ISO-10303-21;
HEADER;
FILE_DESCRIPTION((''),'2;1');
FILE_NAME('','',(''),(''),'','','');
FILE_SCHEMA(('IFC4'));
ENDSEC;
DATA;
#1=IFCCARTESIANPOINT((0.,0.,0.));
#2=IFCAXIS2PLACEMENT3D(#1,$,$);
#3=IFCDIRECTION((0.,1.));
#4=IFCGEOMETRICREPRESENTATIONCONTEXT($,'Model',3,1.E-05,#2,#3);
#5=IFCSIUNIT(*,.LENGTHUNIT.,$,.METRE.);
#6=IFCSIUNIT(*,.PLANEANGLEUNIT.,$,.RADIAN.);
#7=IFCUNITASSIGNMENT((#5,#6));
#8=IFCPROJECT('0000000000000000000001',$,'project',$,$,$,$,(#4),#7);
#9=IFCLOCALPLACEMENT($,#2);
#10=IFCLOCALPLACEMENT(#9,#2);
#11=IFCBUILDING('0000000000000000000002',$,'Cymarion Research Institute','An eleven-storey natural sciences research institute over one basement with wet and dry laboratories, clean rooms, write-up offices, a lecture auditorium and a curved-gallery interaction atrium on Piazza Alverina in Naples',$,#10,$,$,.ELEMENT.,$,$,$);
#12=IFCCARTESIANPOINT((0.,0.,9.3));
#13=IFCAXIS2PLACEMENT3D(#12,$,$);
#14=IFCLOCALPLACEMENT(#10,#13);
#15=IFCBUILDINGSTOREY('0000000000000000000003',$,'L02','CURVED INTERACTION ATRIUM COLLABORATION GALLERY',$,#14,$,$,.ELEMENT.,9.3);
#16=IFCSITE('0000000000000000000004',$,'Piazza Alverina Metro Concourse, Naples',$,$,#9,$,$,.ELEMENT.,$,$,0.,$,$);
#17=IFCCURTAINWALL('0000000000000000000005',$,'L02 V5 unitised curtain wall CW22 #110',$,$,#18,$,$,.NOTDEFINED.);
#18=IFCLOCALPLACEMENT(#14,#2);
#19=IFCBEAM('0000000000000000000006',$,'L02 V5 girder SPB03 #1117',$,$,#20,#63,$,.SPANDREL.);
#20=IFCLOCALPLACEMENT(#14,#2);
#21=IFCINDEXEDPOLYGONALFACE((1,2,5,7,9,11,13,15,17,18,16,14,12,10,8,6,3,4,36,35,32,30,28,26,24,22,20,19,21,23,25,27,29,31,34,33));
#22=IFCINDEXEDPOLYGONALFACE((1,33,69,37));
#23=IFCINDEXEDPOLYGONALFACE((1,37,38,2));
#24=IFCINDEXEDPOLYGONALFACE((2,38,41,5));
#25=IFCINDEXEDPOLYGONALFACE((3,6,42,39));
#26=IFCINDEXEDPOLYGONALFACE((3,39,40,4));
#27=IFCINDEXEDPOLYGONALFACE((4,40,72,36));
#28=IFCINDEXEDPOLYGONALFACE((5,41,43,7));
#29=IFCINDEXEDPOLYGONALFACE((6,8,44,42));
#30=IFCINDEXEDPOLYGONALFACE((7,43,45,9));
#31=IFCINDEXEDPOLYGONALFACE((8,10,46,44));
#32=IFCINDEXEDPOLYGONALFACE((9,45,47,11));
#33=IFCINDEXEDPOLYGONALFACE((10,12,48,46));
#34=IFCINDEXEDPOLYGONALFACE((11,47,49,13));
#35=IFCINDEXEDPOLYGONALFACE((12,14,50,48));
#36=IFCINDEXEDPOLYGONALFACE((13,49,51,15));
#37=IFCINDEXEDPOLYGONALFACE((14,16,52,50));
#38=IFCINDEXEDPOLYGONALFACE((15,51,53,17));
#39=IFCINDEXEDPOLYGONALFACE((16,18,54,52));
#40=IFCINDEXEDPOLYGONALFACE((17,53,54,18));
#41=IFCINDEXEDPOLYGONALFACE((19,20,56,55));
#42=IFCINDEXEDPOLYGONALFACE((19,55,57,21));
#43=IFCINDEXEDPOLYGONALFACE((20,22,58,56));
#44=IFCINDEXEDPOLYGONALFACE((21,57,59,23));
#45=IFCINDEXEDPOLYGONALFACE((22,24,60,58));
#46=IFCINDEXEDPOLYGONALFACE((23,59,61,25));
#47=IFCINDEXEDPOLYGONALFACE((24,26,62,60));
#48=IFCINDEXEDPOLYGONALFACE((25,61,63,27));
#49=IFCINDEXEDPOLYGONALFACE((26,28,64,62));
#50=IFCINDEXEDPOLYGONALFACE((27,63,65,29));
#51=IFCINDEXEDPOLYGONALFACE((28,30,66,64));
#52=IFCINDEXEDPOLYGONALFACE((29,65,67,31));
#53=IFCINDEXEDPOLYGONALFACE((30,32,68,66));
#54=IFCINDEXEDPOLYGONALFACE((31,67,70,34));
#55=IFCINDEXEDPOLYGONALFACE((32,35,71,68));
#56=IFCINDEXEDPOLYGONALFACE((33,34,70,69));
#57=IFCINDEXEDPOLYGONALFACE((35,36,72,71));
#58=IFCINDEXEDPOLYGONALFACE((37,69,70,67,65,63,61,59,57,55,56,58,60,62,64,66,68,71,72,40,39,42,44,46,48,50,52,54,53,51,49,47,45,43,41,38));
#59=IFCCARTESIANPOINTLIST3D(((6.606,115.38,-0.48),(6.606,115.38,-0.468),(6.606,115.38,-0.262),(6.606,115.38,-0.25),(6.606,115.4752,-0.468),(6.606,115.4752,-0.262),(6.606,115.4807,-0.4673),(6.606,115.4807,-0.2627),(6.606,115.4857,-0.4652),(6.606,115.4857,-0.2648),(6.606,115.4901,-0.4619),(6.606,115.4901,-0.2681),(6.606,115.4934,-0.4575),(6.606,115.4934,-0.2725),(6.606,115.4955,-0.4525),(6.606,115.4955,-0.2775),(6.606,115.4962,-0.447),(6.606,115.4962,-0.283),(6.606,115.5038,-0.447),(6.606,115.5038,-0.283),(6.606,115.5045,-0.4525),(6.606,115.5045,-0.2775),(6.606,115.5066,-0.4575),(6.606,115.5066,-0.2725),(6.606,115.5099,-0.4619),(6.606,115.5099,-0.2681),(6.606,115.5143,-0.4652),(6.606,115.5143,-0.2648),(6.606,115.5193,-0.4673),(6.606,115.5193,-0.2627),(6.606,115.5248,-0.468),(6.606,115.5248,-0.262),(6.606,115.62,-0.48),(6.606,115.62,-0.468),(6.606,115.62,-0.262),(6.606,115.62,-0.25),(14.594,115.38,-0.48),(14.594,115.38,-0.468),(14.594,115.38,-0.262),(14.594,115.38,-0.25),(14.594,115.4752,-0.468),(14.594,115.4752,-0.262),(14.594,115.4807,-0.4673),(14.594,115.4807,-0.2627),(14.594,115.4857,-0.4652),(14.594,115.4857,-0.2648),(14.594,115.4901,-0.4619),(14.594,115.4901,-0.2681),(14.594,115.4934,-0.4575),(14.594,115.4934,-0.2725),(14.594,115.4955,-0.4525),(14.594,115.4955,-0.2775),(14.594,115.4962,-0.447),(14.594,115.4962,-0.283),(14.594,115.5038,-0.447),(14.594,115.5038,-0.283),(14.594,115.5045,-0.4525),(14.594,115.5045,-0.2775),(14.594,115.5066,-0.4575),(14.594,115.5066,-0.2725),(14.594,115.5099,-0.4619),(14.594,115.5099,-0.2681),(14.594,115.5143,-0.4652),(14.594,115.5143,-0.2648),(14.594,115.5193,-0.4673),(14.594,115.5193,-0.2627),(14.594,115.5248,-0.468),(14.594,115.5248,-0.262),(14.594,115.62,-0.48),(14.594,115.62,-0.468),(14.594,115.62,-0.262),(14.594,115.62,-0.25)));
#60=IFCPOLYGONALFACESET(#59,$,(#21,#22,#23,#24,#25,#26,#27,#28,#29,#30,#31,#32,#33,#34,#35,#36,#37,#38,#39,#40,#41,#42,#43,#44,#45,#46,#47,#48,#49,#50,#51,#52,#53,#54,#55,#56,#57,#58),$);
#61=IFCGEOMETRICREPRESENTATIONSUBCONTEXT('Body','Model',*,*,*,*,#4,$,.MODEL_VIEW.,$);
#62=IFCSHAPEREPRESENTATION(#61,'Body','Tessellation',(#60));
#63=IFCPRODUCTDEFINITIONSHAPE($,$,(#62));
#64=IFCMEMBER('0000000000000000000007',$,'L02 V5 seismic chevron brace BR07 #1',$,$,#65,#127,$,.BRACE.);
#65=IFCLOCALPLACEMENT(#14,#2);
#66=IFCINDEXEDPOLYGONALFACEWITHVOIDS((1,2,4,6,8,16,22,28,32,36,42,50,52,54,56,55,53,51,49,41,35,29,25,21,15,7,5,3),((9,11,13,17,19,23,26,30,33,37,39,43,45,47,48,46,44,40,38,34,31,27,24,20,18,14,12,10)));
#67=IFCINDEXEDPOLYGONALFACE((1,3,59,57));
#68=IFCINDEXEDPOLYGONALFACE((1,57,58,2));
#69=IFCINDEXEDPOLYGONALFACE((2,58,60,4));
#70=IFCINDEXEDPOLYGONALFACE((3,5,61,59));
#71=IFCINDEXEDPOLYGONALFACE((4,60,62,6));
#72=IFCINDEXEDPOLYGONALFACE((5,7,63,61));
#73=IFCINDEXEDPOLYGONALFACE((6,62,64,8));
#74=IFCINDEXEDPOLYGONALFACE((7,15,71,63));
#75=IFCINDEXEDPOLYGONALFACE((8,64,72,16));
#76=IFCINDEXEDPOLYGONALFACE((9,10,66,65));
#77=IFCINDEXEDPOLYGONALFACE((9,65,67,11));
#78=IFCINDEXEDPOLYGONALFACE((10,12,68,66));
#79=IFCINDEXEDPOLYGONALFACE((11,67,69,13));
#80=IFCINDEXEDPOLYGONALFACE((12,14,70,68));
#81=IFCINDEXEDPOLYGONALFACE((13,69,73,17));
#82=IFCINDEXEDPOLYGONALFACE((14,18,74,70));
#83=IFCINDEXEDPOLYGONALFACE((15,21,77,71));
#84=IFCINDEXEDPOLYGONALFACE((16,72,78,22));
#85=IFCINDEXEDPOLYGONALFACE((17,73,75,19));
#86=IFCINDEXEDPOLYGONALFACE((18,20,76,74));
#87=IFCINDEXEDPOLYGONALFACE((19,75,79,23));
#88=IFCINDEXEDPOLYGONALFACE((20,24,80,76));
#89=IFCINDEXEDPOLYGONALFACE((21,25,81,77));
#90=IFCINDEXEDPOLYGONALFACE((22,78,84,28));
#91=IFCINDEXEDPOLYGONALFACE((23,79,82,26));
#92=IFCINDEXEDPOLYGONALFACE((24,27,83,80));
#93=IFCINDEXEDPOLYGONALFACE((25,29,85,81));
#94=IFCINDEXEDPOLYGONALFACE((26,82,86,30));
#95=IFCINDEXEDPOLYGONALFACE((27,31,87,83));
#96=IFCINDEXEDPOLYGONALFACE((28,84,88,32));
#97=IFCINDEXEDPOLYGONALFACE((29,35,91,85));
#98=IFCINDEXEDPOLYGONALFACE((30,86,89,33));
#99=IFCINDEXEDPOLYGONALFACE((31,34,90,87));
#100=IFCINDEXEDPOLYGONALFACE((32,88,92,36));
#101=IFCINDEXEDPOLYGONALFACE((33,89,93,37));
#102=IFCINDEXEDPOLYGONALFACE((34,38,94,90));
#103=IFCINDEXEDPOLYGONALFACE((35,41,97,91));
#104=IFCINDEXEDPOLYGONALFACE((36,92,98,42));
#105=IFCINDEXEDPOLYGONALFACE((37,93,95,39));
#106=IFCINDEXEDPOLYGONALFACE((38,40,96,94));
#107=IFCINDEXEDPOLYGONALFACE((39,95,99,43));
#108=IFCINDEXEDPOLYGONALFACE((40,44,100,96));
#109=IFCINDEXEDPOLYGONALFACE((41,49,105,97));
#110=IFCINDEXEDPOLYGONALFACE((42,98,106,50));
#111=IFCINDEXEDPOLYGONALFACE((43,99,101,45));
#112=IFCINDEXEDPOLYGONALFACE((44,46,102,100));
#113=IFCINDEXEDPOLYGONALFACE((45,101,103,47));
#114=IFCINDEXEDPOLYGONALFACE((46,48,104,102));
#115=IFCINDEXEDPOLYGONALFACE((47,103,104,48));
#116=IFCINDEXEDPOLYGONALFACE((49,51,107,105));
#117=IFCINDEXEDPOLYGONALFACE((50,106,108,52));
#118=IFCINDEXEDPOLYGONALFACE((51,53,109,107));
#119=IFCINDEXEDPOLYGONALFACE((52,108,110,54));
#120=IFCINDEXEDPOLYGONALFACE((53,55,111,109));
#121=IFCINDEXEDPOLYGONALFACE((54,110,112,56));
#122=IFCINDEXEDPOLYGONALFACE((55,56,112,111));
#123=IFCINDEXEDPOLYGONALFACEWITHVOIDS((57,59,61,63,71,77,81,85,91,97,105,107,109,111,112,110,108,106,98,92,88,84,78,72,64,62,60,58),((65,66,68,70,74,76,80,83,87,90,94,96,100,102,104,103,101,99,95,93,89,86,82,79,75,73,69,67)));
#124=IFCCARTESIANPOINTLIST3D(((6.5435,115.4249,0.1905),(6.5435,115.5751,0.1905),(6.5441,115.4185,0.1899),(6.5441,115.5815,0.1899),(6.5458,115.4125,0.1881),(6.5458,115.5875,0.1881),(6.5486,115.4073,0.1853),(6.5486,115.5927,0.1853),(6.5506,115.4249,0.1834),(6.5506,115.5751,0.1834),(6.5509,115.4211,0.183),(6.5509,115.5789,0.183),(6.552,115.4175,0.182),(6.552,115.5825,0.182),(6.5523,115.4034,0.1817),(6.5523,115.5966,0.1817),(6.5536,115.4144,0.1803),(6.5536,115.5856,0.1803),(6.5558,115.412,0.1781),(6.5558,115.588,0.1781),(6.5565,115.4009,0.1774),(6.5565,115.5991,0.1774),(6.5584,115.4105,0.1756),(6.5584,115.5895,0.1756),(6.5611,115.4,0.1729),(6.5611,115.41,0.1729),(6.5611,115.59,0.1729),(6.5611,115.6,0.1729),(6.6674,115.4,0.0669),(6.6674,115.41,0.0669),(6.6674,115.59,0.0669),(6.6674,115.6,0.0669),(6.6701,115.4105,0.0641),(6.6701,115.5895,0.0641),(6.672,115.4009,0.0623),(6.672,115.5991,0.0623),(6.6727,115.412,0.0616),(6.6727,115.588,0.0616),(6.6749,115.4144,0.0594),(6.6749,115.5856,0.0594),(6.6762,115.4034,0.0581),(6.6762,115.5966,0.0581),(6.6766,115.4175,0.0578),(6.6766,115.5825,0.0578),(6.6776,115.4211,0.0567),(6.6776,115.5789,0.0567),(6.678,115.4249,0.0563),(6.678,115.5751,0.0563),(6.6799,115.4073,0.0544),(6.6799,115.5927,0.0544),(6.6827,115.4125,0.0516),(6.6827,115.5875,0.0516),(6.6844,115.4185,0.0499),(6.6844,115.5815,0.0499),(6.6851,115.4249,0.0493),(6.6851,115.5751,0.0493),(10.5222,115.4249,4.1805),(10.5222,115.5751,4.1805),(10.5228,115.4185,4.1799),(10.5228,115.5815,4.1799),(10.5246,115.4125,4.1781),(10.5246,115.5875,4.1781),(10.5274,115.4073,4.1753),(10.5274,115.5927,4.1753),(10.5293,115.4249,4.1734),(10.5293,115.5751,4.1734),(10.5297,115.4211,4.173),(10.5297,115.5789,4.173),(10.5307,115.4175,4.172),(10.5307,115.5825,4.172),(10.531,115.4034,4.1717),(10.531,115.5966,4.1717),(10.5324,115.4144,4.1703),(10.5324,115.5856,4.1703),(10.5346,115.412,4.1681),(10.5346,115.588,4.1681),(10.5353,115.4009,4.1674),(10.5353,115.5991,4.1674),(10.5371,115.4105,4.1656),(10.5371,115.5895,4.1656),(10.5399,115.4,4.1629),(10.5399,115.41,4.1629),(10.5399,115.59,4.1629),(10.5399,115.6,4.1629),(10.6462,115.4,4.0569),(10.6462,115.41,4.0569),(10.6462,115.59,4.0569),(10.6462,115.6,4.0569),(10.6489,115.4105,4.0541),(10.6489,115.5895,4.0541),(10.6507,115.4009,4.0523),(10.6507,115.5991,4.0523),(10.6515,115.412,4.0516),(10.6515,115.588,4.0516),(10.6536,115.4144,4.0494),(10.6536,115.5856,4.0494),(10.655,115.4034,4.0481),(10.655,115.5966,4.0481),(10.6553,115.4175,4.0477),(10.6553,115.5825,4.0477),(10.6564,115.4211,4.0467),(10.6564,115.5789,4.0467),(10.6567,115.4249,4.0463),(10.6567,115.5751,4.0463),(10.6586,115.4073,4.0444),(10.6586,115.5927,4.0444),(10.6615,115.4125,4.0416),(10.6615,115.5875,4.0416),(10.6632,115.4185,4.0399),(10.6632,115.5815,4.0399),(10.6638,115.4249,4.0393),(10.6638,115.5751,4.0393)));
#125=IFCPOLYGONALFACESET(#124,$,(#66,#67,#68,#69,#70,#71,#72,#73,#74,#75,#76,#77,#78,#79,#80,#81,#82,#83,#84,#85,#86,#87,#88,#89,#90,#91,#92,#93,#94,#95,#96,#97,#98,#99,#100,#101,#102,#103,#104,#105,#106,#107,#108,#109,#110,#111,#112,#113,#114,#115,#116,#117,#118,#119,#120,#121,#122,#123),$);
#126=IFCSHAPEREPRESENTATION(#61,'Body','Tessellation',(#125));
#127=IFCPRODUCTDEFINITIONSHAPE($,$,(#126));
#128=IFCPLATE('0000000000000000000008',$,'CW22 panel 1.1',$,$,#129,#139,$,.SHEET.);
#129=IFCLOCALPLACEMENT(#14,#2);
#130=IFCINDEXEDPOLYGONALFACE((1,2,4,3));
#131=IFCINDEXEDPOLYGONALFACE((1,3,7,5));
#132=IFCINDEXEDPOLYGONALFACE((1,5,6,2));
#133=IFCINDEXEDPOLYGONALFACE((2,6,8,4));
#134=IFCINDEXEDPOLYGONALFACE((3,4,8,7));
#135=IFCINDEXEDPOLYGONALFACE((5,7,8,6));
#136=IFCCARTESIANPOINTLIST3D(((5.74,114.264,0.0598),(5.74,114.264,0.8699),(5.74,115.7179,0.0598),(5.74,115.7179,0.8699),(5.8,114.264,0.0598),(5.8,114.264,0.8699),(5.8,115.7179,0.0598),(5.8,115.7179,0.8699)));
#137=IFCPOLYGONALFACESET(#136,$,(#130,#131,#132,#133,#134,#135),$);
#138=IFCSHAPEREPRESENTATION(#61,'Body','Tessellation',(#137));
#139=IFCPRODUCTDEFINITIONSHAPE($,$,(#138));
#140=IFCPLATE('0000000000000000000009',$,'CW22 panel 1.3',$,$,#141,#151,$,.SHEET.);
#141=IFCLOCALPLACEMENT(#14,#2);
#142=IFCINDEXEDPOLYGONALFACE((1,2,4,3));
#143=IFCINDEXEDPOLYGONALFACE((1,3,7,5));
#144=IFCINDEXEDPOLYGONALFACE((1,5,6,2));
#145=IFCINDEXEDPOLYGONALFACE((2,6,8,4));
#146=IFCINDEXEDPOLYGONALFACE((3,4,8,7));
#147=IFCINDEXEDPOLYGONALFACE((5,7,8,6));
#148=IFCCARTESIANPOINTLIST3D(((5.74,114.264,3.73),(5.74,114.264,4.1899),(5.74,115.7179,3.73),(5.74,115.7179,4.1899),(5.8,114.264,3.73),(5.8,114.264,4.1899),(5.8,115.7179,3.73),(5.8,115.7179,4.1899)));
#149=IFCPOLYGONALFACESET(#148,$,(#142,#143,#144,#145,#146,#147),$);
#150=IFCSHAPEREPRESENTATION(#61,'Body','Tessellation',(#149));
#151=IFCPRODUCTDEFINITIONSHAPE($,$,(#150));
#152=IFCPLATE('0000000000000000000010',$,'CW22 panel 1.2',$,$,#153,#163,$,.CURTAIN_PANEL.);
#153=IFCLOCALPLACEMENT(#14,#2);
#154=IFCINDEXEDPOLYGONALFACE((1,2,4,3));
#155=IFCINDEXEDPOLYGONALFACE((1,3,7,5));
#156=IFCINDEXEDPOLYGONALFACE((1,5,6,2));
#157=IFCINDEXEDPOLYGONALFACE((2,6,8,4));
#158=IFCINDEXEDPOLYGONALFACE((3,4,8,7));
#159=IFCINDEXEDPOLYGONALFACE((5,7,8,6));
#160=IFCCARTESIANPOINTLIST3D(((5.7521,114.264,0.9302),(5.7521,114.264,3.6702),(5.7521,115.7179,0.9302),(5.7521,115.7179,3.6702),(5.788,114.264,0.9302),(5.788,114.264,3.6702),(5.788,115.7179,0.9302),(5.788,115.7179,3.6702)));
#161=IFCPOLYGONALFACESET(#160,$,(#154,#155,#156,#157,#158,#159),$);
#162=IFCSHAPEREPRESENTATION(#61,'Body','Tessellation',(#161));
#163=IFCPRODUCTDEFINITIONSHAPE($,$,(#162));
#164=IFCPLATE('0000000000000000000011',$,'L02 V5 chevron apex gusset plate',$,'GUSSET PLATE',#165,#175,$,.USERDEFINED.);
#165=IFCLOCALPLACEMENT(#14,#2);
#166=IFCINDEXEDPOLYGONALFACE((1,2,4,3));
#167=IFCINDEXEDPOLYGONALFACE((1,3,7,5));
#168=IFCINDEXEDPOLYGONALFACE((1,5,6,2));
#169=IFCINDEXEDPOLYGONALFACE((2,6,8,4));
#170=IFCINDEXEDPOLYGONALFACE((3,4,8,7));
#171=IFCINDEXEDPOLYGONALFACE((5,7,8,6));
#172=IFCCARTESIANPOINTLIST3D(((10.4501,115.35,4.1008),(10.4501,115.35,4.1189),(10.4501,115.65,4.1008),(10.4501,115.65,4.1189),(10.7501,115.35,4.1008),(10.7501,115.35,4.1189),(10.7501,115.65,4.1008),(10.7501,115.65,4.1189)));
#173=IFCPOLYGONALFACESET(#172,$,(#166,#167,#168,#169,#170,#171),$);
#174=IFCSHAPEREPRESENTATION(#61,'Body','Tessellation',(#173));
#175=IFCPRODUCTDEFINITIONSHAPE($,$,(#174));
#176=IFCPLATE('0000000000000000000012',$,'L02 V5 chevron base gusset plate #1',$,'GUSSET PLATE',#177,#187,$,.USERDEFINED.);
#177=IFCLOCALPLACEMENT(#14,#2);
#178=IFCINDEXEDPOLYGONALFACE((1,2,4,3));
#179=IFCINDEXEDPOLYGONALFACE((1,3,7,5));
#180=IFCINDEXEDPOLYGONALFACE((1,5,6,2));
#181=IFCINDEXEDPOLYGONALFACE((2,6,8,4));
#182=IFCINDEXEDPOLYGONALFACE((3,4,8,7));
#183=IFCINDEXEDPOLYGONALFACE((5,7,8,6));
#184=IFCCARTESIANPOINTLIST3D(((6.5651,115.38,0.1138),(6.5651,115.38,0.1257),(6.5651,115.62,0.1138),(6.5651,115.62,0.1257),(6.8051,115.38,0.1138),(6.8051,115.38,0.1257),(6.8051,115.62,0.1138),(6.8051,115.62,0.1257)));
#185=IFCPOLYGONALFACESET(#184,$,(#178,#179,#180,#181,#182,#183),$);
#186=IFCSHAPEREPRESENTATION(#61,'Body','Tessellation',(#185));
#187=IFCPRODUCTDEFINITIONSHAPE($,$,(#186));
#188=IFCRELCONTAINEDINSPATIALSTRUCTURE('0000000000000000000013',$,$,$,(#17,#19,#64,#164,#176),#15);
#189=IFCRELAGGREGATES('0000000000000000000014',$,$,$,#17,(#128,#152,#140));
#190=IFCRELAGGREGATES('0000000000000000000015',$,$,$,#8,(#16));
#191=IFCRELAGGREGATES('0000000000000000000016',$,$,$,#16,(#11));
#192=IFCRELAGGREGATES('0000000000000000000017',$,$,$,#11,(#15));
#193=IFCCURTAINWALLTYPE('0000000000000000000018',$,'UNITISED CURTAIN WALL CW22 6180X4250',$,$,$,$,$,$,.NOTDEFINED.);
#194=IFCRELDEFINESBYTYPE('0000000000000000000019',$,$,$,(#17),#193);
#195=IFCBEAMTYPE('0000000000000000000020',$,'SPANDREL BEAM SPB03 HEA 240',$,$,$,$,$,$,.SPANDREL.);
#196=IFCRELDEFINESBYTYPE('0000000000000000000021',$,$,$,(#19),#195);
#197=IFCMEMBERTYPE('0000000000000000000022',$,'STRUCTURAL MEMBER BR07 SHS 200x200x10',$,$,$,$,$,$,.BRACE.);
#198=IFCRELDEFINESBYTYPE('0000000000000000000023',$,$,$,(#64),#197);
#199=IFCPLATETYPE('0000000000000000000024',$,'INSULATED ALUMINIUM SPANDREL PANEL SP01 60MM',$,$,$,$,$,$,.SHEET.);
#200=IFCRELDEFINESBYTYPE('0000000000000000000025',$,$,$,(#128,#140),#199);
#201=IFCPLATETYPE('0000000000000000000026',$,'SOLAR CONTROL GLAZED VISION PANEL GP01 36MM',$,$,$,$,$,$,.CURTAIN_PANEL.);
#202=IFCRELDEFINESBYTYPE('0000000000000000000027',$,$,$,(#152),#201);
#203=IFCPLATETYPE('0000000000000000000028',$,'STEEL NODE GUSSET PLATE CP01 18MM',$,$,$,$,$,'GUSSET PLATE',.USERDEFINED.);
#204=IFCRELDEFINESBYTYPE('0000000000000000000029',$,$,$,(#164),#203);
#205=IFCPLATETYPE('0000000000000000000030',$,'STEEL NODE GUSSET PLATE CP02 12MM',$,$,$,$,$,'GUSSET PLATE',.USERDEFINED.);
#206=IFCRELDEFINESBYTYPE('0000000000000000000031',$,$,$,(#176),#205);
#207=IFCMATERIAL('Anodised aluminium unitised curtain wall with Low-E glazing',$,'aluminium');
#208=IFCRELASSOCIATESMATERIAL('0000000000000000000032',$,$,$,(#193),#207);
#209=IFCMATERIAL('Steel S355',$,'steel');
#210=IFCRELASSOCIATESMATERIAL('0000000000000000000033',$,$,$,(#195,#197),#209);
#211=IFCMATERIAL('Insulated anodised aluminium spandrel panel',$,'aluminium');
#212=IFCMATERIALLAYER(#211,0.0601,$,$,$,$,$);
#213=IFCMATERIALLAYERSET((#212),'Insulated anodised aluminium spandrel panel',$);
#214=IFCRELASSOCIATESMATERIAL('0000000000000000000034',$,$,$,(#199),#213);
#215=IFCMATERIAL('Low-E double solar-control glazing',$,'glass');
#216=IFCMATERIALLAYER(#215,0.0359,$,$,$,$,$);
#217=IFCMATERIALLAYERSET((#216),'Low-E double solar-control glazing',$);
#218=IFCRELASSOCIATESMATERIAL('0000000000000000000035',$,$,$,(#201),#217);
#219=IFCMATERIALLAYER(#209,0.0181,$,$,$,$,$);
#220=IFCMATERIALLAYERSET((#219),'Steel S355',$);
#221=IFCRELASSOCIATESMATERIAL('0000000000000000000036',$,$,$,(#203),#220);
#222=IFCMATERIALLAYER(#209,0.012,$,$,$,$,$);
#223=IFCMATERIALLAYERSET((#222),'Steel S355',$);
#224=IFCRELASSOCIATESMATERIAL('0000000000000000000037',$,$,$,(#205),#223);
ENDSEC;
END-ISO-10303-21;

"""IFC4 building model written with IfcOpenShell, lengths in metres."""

from ifc_helpers import new_model, si_unit, direction, frame, origin, origin_2d, place, context, subcontext, project, spatial, rectangle, hollow_rectangle, i_section, extrude, material, layer, layer_set, material_profile, profile_set, type_object, element, aggregate, save


model = new_model("IFC4")

# Units and contexts
model_context = context("Model", 3, precision=1e-05, world=origin(), true_north=direction((0.0, 1.0)))
body_context = subcontext(model_context, "Body", "Model", "MODEL_VIEW")
ifc_project = project(units=[si_unit("LENGTHUNIT", "METRE"), si_unit("PLANEANGLEUNIT", "RADIAN")], contexts=[model_context])

# Site, building, storey
site_placement = place(None, origin())
site = spatial("IfcSite", under=ifc_project, at=site_placement, Name="Piazza Alverina Metro Concourse, Naples", CompositionType="ELEMENT", RefElevation=0.0)
building_placement = place(site_placement, origin())
building = spatial("IfcBuilding", under=site, at=building_placement, Name="Cymarion Research Institute", Description="An eleven-storey natural sciences research institute over one basement with wet and dry laboratories, clean rooms, write-up offices, a lecture auditorium and a curved-gallery interaction atrium on Piazza Alverina in Naples", CompositionType="ELEMENT")
storey_placement = place(building_placement, frame((0.0, 0.0, 9.3)))
storey = spatial("IfcBuildingStorey", under=building, at=storey_placement, Name="L02", Description="CURVED INTERACTION ATRIUM COLLABORATION GALLERY", CompositionType="ELEMENT", Elevation=9.3)

# Shared definitions
ifc_material_1 = material(Name="Steel S355", Category="steel")

# Curtain wall
ifc_material_2 = material(Name="Anodised aluminium unitised curtain wall with Low-E glazing", Category="aluminium")
curtain_wall_type = type_object("IfcCurtainWallType", Name="UNITISED CURTAIN WALL CW22 6180X4250", PredefinedType="NOTDEFINED", material=ifc_material_2)
curtain_wall_placement = place(storey_placement, origin())
curtain_wall = element("IfcCurtainWall", 1, at=curtain_wall_placement, inside=storey, type_object=curtain_wall_type, Name="L02 V5 unitised curtain wall CW22 #110", PredefinedType="NOTDEFINED")

# Beam
ifc_material_profile_1 = material_profile(ifc_material_1, i_section(OverallWidth=0.24, OverallDepth=0.23, WebThickness=0.0076, FlangeThickness=0.012, FilletRadius=0.021, at=origin_2d()), Name="HEA 240")
ifc_profile_set_1 = profile_set([ifc_material_profile_1], Name="Steel S355")
beam_type = type_object("IfcBeamType", Name="SPANDREL BEAM SPB03 HEA 240", PredefinedType="SPANDREL", material=ifc_profile_set_1)
beam_placement = place(storey_placement, frame((6.606, 115.5, -0.365), z_axis=(1.0, 0.0, 0.0), x_axis=(0.0, 1.0, 0.0)))
element("IfcBeam", 2, at=beam_placement, inside=storey, type_object=beam_type, Name="L02 V5 girder SPB03 #1117", PredefinedType="SPANDREL", context=body_context, shape_type="SweptSolid", body=[
    extrude(i_section(OverallWidth=0.24, OverallDepth=0.23, WebThickness=0.0076, FlangeThickness=0.012, FilletRadius=0.021, at=origin_2d()), origin(), (0.0, 0.0, 1.0), 7.988),
])

# Member
ifc_material_profile_2 = material_profile(ifc_material_1, hollow_rectangle(XDim=0.2, YDim=0.2, WallThickness=0.01, InnerFilletRadius=0.0149, OuterFilletRadius=0.0249, at=origin_2d()), Name="SHS 200x200x10")
ifc_profile_set_2 = profile_set([ifc_material_profile_2], Name="Steel S355")
member_type_1 = type_object("IfcMemberType", Name="STRUCTURAL MEMBER BR07 SHS 200x200x10", PredefinedType="BRACE", material=ifc_profile_set_2)
member_1_placement = place(storey_placement, frame((6.6143, 115.5, 0.1199), z_axis=(0.70611, 0.0, 0.708103), x_axis=(0.0, 1.0, 0.0)))
element("IfcMember", 3, at=member_1_placement, inside=storey, type_object=member_type_1, Name="L02 V5 seismic chevron brace BR07 #1", PredefinedType="BRACE", context=body_context, shape_type="SweptSolid", body=[
    extrude(hollow_rectangle(XDim=0.2, YDim=0.2, WallThickness=0.01, InnerFilletRadius=0.0149, OuterFilletRadius=0.0249, at=origin_2d()), origin(), (0.0, 0.0, 1.0), 5.6348),
])

# Plates
ifc_material_3 = material(Name="Insulated anodised aluminium spandrel panel", Category="aluminium")
ifc_layer_1 = layer(ifc_material_3, 0.0601)
ifc_layer_set_1 = layer_set([ifc_layer_1], Name="Insulated anodised aluminium spandrel panel")
plate_type_1 = type_object("IfcPlateType", Name="INSULATED ALUMINIUM SPANDREL PANEL SP01 60MM", PredefinedType="SHEET", material=ifc_layer_set_1)
plate_1_placement = place(storey_placement, frame((5.77, 114.991, 0.0598), z_axis=(0.0, 0.0, 1.0), x_axis=(0.0, -1.0, 0.0)))
plate_1 = element("IfcPlate", 4, at=plate_1_placement, type_object=plate_type_1, Name="CW22 panel 1.1", PredefinedType="SHEET", context=body_context, shape_type="SweptSolid", body=[
    extrude(rectangle(XDim=1.4539, YDim=0.0601, at=origin_2d()), origin(), (0.0, 0.0, 1.0), 0.8101),
])
plate_2_placement = place(storey_placement, frame((5.77, 114.991, 3.73), z_axis=(0.0, 0.0, 1.0), x_axis=(0.0, -1.0, 0.0)))
plate_2 = element("IfcPlate", 5, at=plate_2_placement, type_object=plate_type_1, Name="CW22 panel 1.3", PredefinedType="SHEET", context=body_context, shape_type="SweptSolid", body=[
    extrude(rectangle(XDim=1.4539, YDim=0.0601, at=origin_2d()), origin(), (0.0, 0.0, 1.0), 0.46),
])
ifc_material_4 = material(Name="Low-E double solar-control glazing", Category="glass")
ifc_layer_2 = layer(ifc_material_4, 0.0359)
ifc_layer_set_2 = layer_set([ifc_layer_2], Name="Low-E double solar-control glazing")
plate_type_2 = type_object("IfcPlateType", Name="SOLAR CONTROL GLAZED VISION PANEL GP01 36MM", PredefinedType="CURTAIN_PANEL", material=ifc_layer_set_2)
plate_3_placement = place(storey_placement, frame((5.77, 114.991, 0.9302), z_axis=(0.0, 0.0, 1.0), x_axis=(0.0, -1.0, 0.0)))
plate_3 = element("IfcPlate", 6, at=plate_3_placement, type_object=plate_type_2, Name="CW22 panel 1.2", PredefinedType="CURTAIN_PANEL", context=body_context, shape_type="SweptSolid", body=[
    extrude(rectangle(XDim=1.4539, YDim=0.0359, at=origin_2d()), origin(), (0.0, 0.0, 1.0), 2.74),
])
aggregate(curtain_wall, [plate_1, plate_3, plate_2])

# Plates
ifc_layer_3 = layer(ifc_material_1, 0.0181)
ifc_layer_set_3 = layer_set([ifc_layer_3], Name="Steel S355")
plate_type_3 = type_object("IfcPlateType", Name="STEEL NODE GUSSET PLATE CP01 18MM", ElementType="GUSSET PLATE", PredefinedType="USERDEFINED", material=ifc_layer_set_3)
plate_4_placement = place(storey_placement, frame((10.6001, 115.5, 4.1008), z_axis=(0.0, 0.0, 1.0), x_axis=(1.0, 0.0, 0.0)))
element("IfcPlate", 7, at=plate_4_placement, inside=storey, type_object=plate_type_3, Name="L02 V5 chevron apex gusset plate", ObjectType="GUSSET PLATE", PredefinedType="USERDEFINED", context=body_context, shape_type="SweptSolid", body=[
    extrude(rectangle(XDim=0.3, YDim=0.3, at=origin_2d()), origin(), (0.0, 0.0, 1.0), 0.0181),
])
ifc_layer_4 = layer(ifc_material_1, 0.012)
ifc_layer_set_4 = layer_set([ifc_layer_4], Name="Steel S355")
plate_type_4 = type_object("IfcPlateType", Name="STEEL NODE GUSSET PLATE CP02 12MM", ElementType="GUSSET PLATE", PredefinedType="USERDEFINED", material=ifc_layer_set_4)
for number, where, z_axis, x_axis, name in (
    (8, (6.6851, 115.5, 0.1138), (0.0, 0.0, 1.0), (1.0, 0.0, 0.0), "L02 V5 chevron base gusset plate #1"),
):
    element("IfcPlate", number, at=place(storey_placement, frame(where, z_axis=z_axis, x_axis=x_axis)), inside=storey, type_object=plate_type_4, Name=name, ObjectType="GUSSET PLATE", PredefinedType="USERDEFINED", context=body_context, shape_type="SweptSolid", body=[
        extrude(rectangle(XDim=0.24, YDim=0.24, at=origin_2d()), origin(), (0.0, 0.0, 1.0), 0.012),
    ])

save(model, "model.ifc")
